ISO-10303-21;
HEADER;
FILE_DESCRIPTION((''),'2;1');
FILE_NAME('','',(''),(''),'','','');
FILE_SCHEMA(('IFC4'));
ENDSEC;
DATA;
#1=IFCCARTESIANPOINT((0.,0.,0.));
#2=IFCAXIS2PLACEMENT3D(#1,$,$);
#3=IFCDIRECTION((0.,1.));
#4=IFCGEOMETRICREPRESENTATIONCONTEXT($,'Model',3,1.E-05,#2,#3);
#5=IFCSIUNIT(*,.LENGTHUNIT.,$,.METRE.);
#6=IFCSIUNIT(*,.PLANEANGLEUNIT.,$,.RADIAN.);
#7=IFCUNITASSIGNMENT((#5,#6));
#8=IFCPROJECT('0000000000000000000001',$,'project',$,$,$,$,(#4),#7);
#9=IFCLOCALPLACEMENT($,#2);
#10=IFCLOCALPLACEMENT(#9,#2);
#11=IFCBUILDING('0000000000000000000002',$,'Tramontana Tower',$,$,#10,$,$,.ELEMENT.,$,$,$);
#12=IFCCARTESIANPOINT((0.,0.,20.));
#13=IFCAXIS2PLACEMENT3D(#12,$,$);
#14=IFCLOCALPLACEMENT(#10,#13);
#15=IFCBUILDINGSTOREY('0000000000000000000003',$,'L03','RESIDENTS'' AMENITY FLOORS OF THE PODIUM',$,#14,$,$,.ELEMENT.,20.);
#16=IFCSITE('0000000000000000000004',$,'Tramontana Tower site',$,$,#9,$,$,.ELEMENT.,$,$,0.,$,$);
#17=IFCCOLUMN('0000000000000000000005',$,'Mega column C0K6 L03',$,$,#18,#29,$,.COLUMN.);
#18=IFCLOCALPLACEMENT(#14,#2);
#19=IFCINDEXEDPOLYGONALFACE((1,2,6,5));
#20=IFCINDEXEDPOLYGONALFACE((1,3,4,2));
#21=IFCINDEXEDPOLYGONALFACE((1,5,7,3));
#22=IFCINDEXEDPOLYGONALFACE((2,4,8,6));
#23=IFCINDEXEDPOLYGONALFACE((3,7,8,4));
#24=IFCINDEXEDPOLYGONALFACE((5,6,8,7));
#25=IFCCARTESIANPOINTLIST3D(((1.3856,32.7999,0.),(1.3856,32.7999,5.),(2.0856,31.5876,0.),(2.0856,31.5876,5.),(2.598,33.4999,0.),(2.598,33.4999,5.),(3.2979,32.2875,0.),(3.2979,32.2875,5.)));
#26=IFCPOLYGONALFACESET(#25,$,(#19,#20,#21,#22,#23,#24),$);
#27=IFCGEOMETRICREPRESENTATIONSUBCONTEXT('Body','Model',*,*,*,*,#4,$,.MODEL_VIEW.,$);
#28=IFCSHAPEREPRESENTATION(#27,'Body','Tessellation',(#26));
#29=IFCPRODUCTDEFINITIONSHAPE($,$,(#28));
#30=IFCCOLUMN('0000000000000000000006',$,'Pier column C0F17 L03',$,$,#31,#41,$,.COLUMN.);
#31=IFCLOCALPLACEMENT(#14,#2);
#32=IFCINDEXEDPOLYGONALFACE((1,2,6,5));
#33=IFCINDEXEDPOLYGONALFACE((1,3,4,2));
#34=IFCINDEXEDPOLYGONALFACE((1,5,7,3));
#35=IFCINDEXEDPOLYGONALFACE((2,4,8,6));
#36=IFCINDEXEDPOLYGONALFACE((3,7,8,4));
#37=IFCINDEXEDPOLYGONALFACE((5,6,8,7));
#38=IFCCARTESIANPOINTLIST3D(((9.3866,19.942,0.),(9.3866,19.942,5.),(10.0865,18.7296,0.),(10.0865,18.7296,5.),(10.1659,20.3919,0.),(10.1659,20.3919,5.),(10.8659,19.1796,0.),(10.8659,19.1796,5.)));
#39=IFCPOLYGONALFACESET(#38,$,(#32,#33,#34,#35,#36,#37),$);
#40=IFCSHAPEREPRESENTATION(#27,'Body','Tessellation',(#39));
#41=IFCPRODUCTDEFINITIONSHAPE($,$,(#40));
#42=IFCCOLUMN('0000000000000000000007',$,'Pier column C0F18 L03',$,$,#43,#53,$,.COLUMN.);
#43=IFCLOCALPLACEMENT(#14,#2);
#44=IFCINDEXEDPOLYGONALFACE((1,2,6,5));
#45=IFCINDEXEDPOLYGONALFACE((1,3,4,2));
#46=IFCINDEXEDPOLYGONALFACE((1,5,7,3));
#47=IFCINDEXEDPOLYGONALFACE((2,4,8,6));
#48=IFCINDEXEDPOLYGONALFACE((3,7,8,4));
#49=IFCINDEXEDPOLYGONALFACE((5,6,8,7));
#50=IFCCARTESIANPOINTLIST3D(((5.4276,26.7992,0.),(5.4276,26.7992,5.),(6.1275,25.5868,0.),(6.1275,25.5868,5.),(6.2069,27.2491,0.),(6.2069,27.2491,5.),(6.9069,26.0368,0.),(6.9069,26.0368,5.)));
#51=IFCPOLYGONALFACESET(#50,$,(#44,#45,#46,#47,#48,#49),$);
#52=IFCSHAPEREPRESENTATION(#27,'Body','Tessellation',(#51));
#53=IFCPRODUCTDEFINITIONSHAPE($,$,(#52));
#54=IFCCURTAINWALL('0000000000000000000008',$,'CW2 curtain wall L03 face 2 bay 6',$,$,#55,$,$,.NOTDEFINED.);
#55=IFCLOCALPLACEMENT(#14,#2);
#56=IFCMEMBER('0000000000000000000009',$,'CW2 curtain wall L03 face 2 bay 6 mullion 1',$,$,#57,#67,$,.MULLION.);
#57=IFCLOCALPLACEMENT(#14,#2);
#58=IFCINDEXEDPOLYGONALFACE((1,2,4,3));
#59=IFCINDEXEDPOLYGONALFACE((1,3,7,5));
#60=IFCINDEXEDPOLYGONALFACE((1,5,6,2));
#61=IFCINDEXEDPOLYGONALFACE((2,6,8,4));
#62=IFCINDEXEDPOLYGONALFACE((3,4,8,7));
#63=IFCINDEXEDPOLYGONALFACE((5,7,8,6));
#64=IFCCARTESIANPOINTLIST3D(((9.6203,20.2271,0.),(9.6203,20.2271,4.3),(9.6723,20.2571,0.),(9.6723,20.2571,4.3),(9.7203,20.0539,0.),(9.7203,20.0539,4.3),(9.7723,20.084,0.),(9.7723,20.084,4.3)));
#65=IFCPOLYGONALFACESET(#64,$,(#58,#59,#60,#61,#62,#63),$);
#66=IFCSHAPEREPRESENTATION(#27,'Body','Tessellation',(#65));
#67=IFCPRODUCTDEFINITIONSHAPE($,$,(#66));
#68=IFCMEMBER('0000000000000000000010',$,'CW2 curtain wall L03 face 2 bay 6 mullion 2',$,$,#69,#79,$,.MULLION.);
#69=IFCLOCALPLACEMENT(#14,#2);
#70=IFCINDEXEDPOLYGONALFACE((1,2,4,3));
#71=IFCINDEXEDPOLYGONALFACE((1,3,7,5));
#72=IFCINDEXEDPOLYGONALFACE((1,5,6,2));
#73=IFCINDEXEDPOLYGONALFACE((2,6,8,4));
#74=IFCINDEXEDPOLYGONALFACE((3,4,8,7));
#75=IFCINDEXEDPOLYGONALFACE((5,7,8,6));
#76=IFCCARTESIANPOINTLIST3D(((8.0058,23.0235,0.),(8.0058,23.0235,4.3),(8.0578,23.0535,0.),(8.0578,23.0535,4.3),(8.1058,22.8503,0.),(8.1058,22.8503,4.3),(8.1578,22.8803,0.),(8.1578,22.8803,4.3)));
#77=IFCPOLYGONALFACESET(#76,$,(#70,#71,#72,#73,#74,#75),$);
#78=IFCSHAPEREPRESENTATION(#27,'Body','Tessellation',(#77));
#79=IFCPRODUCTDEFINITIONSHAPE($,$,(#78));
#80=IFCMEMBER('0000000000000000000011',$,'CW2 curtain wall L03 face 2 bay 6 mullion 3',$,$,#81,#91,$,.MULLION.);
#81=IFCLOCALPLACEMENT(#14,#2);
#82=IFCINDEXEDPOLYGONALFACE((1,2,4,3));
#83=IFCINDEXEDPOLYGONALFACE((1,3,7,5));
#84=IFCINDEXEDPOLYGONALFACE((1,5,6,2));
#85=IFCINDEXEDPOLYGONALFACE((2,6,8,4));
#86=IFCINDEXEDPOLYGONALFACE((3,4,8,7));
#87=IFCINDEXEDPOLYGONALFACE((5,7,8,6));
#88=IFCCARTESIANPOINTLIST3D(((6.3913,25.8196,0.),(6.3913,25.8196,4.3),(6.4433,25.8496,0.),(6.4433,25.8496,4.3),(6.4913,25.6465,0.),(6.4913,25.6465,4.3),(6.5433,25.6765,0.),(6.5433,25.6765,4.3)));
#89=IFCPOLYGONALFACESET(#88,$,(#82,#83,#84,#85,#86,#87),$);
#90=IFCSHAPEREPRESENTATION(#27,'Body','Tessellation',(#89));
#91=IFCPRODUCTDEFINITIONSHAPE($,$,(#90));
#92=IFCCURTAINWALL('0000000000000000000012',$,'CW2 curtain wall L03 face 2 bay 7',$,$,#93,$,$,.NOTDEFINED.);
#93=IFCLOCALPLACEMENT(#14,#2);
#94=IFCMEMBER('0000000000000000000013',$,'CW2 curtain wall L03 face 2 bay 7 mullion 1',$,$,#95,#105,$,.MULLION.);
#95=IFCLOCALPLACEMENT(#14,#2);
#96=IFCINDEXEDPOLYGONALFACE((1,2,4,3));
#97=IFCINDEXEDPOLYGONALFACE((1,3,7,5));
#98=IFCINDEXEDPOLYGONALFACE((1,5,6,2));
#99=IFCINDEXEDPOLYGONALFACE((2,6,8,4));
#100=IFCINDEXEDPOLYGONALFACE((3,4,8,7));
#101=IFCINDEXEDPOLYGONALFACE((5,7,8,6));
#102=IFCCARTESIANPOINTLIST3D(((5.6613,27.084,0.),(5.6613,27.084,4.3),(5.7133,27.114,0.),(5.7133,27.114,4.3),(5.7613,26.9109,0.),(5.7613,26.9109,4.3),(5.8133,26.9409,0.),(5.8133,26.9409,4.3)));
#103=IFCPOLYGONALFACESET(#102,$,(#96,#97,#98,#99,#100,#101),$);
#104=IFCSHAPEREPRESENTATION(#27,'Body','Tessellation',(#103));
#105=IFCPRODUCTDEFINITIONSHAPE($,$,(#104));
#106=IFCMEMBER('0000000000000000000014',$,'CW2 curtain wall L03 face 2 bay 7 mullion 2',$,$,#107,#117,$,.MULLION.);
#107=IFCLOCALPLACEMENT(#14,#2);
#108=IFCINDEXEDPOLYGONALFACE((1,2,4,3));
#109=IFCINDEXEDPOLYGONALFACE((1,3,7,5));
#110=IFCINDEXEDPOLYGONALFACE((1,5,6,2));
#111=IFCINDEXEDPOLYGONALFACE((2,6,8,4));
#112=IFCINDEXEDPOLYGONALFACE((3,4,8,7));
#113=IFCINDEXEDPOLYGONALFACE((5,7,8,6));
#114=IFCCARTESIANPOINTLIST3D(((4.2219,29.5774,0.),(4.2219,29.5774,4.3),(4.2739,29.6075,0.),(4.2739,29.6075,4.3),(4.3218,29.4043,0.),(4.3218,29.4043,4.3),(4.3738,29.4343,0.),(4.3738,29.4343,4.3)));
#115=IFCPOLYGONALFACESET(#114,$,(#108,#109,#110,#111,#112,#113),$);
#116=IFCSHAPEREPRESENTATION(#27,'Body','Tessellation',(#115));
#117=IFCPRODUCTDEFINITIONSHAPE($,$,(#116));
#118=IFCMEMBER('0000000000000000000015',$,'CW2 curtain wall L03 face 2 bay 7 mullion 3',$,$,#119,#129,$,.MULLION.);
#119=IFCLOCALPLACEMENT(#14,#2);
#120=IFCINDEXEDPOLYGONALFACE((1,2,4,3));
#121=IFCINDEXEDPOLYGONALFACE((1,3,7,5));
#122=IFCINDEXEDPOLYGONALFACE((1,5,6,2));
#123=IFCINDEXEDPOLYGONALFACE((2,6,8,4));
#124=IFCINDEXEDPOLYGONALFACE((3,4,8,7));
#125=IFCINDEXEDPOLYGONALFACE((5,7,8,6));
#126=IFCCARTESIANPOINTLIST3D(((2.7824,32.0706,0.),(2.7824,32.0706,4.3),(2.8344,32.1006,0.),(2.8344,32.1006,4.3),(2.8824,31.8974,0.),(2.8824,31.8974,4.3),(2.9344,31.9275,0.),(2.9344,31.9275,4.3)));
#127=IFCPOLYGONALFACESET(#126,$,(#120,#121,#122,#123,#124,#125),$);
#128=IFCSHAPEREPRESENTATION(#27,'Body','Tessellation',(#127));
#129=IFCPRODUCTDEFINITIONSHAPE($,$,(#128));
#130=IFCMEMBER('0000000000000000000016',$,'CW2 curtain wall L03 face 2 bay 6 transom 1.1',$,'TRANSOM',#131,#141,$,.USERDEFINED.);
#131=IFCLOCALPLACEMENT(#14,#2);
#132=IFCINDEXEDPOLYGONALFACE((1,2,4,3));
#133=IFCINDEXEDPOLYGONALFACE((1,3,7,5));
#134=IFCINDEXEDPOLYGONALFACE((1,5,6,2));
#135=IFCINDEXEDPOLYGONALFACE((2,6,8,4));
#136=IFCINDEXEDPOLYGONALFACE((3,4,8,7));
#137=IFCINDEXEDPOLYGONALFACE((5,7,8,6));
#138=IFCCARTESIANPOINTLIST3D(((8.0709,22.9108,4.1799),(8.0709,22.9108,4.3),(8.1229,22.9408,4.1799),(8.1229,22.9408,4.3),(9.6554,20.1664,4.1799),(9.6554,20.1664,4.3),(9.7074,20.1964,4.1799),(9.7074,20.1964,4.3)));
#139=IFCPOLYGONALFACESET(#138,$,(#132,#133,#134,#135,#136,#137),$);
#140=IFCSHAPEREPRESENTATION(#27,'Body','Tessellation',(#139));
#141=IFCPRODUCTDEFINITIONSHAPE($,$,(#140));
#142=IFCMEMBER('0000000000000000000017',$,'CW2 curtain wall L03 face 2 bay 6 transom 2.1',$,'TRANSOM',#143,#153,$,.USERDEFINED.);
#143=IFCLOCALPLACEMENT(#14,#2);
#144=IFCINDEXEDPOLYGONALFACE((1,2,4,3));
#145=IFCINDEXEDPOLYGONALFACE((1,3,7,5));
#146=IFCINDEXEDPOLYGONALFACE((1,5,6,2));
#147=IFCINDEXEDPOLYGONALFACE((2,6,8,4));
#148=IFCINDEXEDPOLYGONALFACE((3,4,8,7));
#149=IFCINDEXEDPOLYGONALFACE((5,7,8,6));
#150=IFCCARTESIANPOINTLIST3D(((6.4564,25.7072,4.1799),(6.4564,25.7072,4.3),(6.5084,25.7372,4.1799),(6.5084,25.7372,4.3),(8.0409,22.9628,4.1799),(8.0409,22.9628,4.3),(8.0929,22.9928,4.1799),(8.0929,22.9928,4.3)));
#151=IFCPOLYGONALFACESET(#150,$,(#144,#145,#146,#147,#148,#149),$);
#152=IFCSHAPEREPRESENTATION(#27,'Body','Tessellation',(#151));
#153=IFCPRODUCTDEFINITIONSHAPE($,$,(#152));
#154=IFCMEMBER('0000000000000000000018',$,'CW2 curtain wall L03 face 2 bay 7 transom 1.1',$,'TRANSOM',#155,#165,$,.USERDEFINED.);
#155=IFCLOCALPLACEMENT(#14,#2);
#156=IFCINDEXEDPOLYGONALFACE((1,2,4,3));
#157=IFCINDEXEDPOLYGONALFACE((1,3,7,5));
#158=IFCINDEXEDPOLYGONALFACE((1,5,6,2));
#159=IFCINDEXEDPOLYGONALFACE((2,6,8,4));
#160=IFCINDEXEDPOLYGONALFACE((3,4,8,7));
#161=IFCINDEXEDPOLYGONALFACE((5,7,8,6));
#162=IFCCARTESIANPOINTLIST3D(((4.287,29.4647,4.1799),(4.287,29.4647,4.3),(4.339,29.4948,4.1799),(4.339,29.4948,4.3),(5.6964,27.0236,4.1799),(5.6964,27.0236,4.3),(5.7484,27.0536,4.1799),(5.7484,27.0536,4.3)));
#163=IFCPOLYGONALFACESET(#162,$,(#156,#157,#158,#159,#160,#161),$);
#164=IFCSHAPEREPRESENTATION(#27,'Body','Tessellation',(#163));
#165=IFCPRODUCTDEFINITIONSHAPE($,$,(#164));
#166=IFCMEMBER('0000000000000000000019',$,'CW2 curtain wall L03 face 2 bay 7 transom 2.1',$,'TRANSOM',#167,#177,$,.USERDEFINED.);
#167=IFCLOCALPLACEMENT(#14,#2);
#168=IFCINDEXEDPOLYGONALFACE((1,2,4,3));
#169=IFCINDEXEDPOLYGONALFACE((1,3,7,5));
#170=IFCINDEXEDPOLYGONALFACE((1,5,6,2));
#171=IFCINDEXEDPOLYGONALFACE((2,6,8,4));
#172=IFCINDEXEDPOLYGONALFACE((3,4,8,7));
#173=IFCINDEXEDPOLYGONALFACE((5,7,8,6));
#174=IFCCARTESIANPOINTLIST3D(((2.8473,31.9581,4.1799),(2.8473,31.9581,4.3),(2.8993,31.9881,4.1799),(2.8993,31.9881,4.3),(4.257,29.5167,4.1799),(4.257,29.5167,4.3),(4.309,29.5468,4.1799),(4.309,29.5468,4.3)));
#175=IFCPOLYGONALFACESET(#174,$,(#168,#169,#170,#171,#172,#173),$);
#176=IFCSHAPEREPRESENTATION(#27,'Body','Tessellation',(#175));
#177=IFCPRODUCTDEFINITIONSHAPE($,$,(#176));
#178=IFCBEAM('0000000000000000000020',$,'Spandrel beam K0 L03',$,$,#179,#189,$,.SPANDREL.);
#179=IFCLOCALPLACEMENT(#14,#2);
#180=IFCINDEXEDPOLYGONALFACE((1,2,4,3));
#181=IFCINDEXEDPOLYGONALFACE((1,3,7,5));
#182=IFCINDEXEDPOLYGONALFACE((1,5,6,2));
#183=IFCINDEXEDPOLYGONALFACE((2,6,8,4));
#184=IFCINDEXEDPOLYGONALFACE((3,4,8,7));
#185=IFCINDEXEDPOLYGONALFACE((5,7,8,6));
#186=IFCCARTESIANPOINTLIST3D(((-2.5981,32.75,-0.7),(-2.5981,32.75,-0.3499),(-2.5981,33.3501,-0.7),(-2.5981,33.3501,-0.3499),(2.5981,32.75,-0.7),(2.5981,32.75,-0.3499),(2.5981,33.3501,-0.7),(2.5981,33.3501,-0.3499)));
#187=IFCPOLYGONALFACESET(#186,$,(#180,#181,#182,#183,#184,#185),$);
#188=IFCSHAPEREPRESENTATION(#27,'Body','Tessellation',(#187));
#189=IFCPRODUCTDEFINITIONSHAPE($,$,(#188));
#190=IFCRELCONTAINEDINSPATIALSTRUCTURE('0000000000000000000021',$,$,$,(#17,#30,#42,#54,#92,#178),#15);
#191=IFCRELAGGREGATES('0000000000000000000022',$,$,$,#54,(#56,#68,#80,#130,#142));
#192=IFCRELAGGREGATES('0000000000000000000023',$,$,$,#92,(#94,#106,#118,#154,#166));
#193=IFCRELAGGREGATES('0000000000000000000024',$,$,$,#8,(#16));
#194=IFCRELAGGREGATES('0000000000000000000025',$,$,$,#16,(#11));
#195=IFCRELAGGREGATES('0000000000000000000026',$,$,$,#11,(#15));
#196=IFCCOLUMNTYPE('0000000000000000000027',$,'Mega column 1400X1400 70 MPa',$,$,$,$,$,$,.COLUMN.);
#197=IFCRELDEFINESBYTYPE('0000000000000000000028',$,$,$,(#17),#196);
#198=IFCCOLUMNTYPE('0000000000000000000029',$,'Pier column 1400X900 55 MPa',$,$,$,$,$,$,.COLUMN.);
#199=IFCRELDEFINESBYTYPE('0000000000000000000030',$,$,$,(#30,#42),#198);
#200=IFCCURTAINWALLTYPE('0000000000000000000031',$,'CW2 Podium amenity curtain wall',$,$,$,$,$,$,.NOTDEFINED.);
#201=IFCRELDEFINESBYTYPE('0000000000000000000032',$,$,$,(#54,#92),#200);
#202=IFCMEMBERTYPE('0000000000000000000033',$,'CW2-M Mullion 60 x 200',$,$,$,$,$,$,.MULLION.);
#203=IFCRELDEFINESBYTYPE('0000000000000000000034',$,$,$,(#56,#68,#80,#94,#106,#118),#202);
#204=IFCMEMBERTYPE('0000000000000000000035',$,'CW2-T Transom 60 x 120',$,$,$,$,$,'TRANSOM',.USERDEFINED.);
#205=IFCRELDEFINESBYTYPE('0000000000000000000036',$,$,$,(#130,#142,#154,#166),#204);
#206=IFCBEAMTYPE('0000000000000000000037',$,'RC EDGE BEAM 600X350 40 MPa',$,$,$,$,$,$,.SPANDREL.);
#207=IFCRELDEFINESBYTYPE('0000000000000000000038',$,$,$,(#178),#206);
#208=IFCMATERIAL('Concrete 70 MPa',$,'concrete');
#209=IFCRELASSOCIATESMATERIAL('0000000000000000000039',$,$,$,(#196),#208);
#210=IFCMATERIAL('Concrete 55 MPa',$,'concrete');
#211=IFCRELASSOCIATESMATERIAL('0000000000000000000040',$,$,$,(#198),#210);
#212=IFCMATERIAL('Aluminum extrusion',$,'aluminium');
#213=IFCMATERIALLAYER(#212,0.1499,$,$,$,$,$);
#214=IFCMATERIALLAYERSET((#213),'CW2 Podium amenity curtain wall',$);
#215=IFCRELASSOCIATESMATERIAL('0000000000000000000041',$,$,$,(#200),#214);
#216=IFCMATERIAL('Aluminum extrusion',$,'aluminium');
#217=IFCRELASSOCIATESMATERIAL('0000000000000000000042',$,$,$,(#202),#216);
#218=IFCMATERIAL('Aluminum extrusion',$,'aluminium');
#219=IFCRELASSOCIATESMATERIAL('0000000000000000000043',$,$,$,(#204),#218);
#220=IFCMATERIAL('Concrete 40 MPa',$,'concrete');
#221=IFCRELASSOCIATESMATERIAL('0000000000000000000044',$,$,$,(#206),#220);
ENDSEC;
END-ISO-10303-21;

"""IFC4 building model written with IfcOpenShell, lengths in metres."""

from ifc_helpers import new_model, si_unit, direction, frame, origin, origin_2d, place, context, subcontext, project, spatial, rectangle, extrude, material, layer, layer_set, material_profile, profile_set, type_object, element, aggregate, save


model = new_model("IFC4")

# Units and contexts
model_context = context("Model", 3, precision=1e-05, world=origin(), true_north=direction((0.0, 1.0)))
body_context = subcontext(model_context, "Body", "Model", "MODEL_VIEW")
ifc_project = project(units=[si_unit("LENGTHUNIT", "METRE"), si_unit("PLANEANGLEUNIT", "RADIAN")], contexts=[model_context])

# Site, building, storey
site_placement = place(None, origin())
site = spatial("IfcSite", under=ifc_project, at=site_placement, Name="Tramontana Tower site", CompositionType="ELEMENT", RefElevation=0.0)
building_placement = place(site_placement, origin())
building = spatial("IfcBuilding", under=site, at=building_placement, Name="Tramontana Tower", CompositionType="ELEMENT")
storey_placement = place(building_placement, frame((0.0, 0.0, 20.0)))
storey = spatial("IfcBuildingStorey", under=building, at=storey_placement, Name="L03", Description="RESIDENTS' AMENITY FLOORS OF THE PODIUM", CompositionType="ELEMENT", Elevation=20.0)

# Columns
ifc_material_1 = material(Name="Concrete 70 MPa", Category="concrete")
ifc_material_profile_1 = material_profile(ifc_material_1, rectangle(XDim=1.3999, YDim=1.3999, at=origin_2d()), Name="Mega column 1400X1400 70 MPa")
ifc_profile_set_1 = profile_set([ifc_material_profile_1], Name="Concrete 70 MPa")
column_type_1 = type_object("IfcColumnType", Name="Mega column 1400X1400 70 MPa", PredefinedType="COLUMN", material=ifc_profile_set_1)
column_placement = place(storey_placement, frame((2.3418, 32.5437, 0.0), z_axis=(0.0, 0.0, 1.0), x_axis=(-0.5, 0.866025, 0.0)))
element("IfcColumn", 1, at=column_placement, inside=storey, type_object=column_type_1, Name="Mega column C0K6 L03", PredefinedType="COLUMN", context=body_context, shape_type="SweptSolid", body=[
    extrude(rectangle(XDim=1.3999, YDim=1.3999, at=origin_2d()), origin(), (0.0, 0.0, 1.0), 5.0),
])
ifc_material_2 = material(Name="Concrete 55 MPa", Category="concrete")
ifc_material_profile_2 = material_profile(ifc_material_2, rectangle(XDim=1.3999, YDim=0.8999, at=origin_2d()), Name="Pier column 1400X900 55 MPa")
ifc_profile_set_2 = profile_set([ifc_material_profile_2], Name="Concrete 55 MPa")
column_type_2 = type_object("IfcColumnType", Name="Pier column 1400X900 55 MPa", PredefinedType="COLUMN", material=ifc_profile_set_2)
for number, where, z_axis, x_axis, name in (
    (2, (10.1262, 19.5608, 0.0), (0.0, 0.0, 1.0), (-0.5, 0.866025, 0.0), "Pier column C0F17 L03"),
    (3, (6.1672, 26.418, 0.0), (0.0, 0.0, 1.0), (-0.5, 0.866025, 0.0), "Pier column C0F18 L03"),
):
    element("IfcColumn", number, at=place(storey_placement, frame(where, z_axis=z_axis, x_axis=x_axis)), inside=storey, type_object=column_type_2, Name=name, PredefinedType="COLUMN", context=body_context, shape_type="SweptSolid", body=[
        extrude(rectangle(XDim=1.3999, YDim=0.8999, at=origin_2d()), origin(), (0.0, 0.0, 1.0), 5.0),
    ])

# Curtain walls, members
ifc_material_3 = material(Name="Aluminum extrusion", Category="aluminium")
ifc_layer_1 = layer(ifc_material_3, 0.1499)
ifc_layer_set_1 = layer_set([ifc_layer_1], Name="CW2 Podium amenity curtain wall")
curtain_wall_type = type_object("IfcCurtainWallType", Name="CW2 Podium amenity curtain wall", PredefinedType="NOTDEFINED", material=ifc_layer_set_1)
curtain_wall_1_placement = place(storey_placement, origin())
curtain_wall_1 = element("IfcCurtainWall", 4, at=curtain_wall_1_placement, inside=storey, type_object=curtain_wall_type, Name="CW2 curtain wall L03 face 2 bay 6", PredefinedType="NOTDEFINED")
ifc_material_4 = material(Name="Aluminum extrusion", Category="aluminium")
ifc_material_profile_3 = material_profile(ifc_material_4, rectangle(XDim=0.0601, YDim=0.2, at=origin_2d()), Name="CW2-M Mullion 60 x 200")
ifc_profile_set_3 = profile_set([ifc_material_profile_3], Name="Aluminum extrusion")
member_type_1 = type_object("IfcMemberType", Name="CW2-M Mullion 60 x 200", PredefinedType="MULLION", material=ifc_profile_set_3)
member_1_placement = place(storey_placement, frame((9.6963, 20.1555, 0.0), z_axis=(0.0, 0.0, 1.0), x_axis=(-0.866025, -0.5, 0.0)))
member_1 = element("IfcMember", 5, at=member_1_placement, type_object=member_type_1, Name="CW2 curtain wall L03 face 2 bay 6 mullion 1", PredefinedType="MULLION", context=body_context, shape_type="SweptSolid", body=[
    extrude(rectangle(XDim=0.0601, YDim=0.2, at=origin_2d()), origin(), (0.0, 0.0, 1.0), 4.3),
])
member_2_placement = place(storey_placement, frame((8.0818, 22.9519, 0.0), z_axis=(0.0, 0.0, 1.0), x_axis=(-0.866025, -0.5, 0.0)))
member_2 = element("IfcMember", 6, at=member_2_placement, type_object=member_type_1, Name="CW2 curtain wall L03 face 2 bay 6 mullion 2", PredefinedType="MULLION", context=body_context, shape_type="SweptSolid", body=[
    extrude(rectangle(XDim=0.0601, YDim=0.2, at=origin_2d()), origin(), (0.0, 0.0, 1.0), 4.3),
])
member_3_placement = place(storey_placement, frame((6.4673, 25.748, 0.0), z_axis=(0.0, 0.0, 1.0), x_axis=(-0.866025, -0.5, 0.0)))
member_3 = element("IfcMember", 7, at=member_3_placement, type_object=member_type_1, Name="CW2 curtain wall L03 face 2 bay 6 mullion 3", PredefinedType="MULLION", context=body_context, shape_type="SweptSolid", body=[
    extrude(rectangle(XDim=0.0601, YDim=0.2, at=origin_2d()), origin(), (0.0, 0.0, 1.0), 4.3),
])
curtain_wall_2_placement = place(storey_placement, origin())
curtain_wall_2 = element("IfcCurtainWall", 8, at=curtain_wall_2_placement, inside=storey, type_object=curtain_wall_type, Name="CW2 curtain wall L03 face 2 bay 7", PredefinedType="NOTDEFINED")
member_4_placement = place(storey_placement, frame((5.7373, 27.0125, 0.0), z_axis=(0.0, 0.0, 1.0), x_axis=(-0.866025, -0.5, 0.0)))
member_4 = element("IfcMember", 9, at=member_4_placement, type_object=member_type_1, Name="CW2 curtain wall L03 face 2 bay 7 mullion 1", PredefinedType="MULLION", context=body_context, shape_type="SweptSolid", body=[
    extrude(rectangle(XDim=0.0601, YDim=0.2, at=origin_2d()), origin(), (0.0, 0.0, 1.0), 4.3),
])
member_5_placement = place(storey_placement, frame((4.2979, 29.5059, 0.0), z_axis=(0.0, 0.0, 1.0), x_axis=(-0.866025, -0.5, 0.0)))
member_5 = element("IfcMember", 10, at=member_5_placement, type_object=member_type_1, Name="CW2 curtain wall L03 face 2 bay 7 mullion 2", PredefinedType="MULLION", context=body_context, shape_type="SweptSolid", body=[
    extrude(rectangle(XDim=0.0601, YDim=0.2, at=origin_2d()), origin(), (0.0, 0.0, 1.0), 4.3),
])
member_6_placement = place(storey_placement, frame((2.8584, 31.999, 0.0), z_axis=(0.0, 0.0, 1.0), x_axis=(-0.866025, -0.5, 0.0)))
member_6 = element("IfcMember", 11, at=member_6_placement, type_object=member_type_1, Name="CW2 curtain wall L03 face 2 bay 7 mullion 3", PredefinedType="MULLION", context=body_context, shape_type="SweptSolid", body=[
    extrude(rectangle(XDim=0.0601, YDim=0.2, at=origin_2d()), origin(), (0.0, 0.0, 1.0), 4.3),
])

# Members
ifc_material_5 = material(Name="Aluminum extrusion", Category="aluminium")
ifc_material_profile_4 = material_profile(ifc_material_5, rectangle(XDim=0.0601, YDim=0.1201, at=origin_2d()), Name="CW2-T Transom 60 x 120")
ifc_profile_set_4 = profile_set([ifc_material_profile_4], Name="Aluminum extrusion")
member_type_2 = type_object("IfcMemberType", Name="CW2-T Transom 60 x 120", ElementType="TRANSOM", PredefinedType="USERDEFINED", material=ifc_profile_set_4)
member_7_placement = place(storey_placement, frame((9.6814, 20.1814, 4.24), z_axis=(-0.5, 0.866025, 0.0), x_axis=(-0.866025, -0.5, 0.0)))
member_7 = element("IfcMember", 12, at=member_7_placement, type_object=member_type_2, Name="CW2 curtain wall L03 face 2 bay 6 transom 1.1", ObjectType="TRANSOM", PredefinedType="USERDEFINED", context=body_context, shape_type="SweptSolid", body=[
    extrude(rectangle(XDim=0.0601, YDim=0.1201, at=origin_2d()), origin(), (0.0, 0.0, 1.0), 3.1689),
])
member_8_placement = place(storey_placement, frame((8.0669, 22.9778, 4.24), z_axis=(-0.5, 0.866025, 0.0), x_axis=(-0.866025, -0.5, 0.0)))
member_8 = element("IfcMember", 13, at=member_8_placement, type_object=member_type_2, Name="CW2 curtain wall L03 face 2 bay 6 transom 2.1", ObjectType="TRANSOM", PredefinedType="USERDEFINED", context=body_context, shape_type="SweptSolid", body=[
    extrude(rectangle(XDim=0.0601, YDim=0.1201, at=origin_2d()), origin(), (0.0, 0.0, 1.0), 3.1689),
])
member_9_placement = place(storey_placement, frame((5.7224, 27.0386, 4.24), z_axis=(-0.500005, 0.866023, 0.0), x_axis=(-0.866023, -0.500005, 0.0)))
member_9 = element("IfcMember", 14, at=member_9_placement, type_object=member_type_2, Name="CW2 curtain wall L03 face 2 bay 7 transom 1.1", ObjectType="TRANSOM", PredefinedType="USERDEFINED", context=body_context, shape_type="SweptSolid", body=[
    extrude(rectangle(XDim=0.0601, YDim=0.1201, at=origin_2d()), origin(), (0.0, 0.0, 1.0), 2.8188),
])
member_10_placement = place(storey_placement, frame((4.283, 29.5317, 4.24), z_axis=(-0.500032, 0.866007, 0.0), x_axis=(-0.866007, -0.500032, 0.0)))
member_10 = element("IfcMember", 15, at=member_10_placement, type_object=member_type_2, Name="CW2 curtain wall L03 face 2 bay 7 transom 2.1", ObjectType="TRANSOM", PredefinedType="USERDEFINED", context=body_context, shape_type="SweptSolid", body=[
    extrude(rectangle(XDim=0.0601, YDim=0.1201, at=origin_2d()), origin(), (0.0, 0.0, 1.0), 2.8191),
])

# Beam
ifc_material_6 = material(Name="Concrete 40 MPa", Category="concrete")
ifc_material_profile_5 = material_profile(ifc_material_6, rectangle(XDim=0.6001, YDim=0.3501, at=origin_2d()), Name="RC EDGE BEAM 600X350 40 MPa")
ifc_profile_set_5 = profile_set([ifc_material_profile_5], Name="Concrete 40 MPa")
beam_type_1 = type_object("IfcBeamType", Name="RC EDGE BEAM 600X350 40 MPa", PredefinedType="SPANDREL", material=ifc_profile_set_5)
beam_1_placement = place(storey_placement, frame((2.5981, 33.05, -0.5249), z_axis=(-1.0, 0.0, 0.0), x_axis=(0.0, -1.0, 0.0)))
element("IfcBeam", 16, at=beam_1_placement, inside=storey, type_object=beam_type_1, Name="Spandrel beam K0 L03", PredefinedType="SPANDREL", context=body_context, shape_type="SweptSolid", body=[
    extrude(rectangle(XDim=0.6001, YDim=0.3501, at=origin_2d()), origin(), (0.0, 0.0, 1.0), 5.1963),
])

aggregate(curtain_wall_1, [member_1, member_2, member_3, member_7, member_8])
aggregate(curtain_wall_2, [member_4, member_5, member_6, member_9, member_10])

save(model, "model.ifc")
